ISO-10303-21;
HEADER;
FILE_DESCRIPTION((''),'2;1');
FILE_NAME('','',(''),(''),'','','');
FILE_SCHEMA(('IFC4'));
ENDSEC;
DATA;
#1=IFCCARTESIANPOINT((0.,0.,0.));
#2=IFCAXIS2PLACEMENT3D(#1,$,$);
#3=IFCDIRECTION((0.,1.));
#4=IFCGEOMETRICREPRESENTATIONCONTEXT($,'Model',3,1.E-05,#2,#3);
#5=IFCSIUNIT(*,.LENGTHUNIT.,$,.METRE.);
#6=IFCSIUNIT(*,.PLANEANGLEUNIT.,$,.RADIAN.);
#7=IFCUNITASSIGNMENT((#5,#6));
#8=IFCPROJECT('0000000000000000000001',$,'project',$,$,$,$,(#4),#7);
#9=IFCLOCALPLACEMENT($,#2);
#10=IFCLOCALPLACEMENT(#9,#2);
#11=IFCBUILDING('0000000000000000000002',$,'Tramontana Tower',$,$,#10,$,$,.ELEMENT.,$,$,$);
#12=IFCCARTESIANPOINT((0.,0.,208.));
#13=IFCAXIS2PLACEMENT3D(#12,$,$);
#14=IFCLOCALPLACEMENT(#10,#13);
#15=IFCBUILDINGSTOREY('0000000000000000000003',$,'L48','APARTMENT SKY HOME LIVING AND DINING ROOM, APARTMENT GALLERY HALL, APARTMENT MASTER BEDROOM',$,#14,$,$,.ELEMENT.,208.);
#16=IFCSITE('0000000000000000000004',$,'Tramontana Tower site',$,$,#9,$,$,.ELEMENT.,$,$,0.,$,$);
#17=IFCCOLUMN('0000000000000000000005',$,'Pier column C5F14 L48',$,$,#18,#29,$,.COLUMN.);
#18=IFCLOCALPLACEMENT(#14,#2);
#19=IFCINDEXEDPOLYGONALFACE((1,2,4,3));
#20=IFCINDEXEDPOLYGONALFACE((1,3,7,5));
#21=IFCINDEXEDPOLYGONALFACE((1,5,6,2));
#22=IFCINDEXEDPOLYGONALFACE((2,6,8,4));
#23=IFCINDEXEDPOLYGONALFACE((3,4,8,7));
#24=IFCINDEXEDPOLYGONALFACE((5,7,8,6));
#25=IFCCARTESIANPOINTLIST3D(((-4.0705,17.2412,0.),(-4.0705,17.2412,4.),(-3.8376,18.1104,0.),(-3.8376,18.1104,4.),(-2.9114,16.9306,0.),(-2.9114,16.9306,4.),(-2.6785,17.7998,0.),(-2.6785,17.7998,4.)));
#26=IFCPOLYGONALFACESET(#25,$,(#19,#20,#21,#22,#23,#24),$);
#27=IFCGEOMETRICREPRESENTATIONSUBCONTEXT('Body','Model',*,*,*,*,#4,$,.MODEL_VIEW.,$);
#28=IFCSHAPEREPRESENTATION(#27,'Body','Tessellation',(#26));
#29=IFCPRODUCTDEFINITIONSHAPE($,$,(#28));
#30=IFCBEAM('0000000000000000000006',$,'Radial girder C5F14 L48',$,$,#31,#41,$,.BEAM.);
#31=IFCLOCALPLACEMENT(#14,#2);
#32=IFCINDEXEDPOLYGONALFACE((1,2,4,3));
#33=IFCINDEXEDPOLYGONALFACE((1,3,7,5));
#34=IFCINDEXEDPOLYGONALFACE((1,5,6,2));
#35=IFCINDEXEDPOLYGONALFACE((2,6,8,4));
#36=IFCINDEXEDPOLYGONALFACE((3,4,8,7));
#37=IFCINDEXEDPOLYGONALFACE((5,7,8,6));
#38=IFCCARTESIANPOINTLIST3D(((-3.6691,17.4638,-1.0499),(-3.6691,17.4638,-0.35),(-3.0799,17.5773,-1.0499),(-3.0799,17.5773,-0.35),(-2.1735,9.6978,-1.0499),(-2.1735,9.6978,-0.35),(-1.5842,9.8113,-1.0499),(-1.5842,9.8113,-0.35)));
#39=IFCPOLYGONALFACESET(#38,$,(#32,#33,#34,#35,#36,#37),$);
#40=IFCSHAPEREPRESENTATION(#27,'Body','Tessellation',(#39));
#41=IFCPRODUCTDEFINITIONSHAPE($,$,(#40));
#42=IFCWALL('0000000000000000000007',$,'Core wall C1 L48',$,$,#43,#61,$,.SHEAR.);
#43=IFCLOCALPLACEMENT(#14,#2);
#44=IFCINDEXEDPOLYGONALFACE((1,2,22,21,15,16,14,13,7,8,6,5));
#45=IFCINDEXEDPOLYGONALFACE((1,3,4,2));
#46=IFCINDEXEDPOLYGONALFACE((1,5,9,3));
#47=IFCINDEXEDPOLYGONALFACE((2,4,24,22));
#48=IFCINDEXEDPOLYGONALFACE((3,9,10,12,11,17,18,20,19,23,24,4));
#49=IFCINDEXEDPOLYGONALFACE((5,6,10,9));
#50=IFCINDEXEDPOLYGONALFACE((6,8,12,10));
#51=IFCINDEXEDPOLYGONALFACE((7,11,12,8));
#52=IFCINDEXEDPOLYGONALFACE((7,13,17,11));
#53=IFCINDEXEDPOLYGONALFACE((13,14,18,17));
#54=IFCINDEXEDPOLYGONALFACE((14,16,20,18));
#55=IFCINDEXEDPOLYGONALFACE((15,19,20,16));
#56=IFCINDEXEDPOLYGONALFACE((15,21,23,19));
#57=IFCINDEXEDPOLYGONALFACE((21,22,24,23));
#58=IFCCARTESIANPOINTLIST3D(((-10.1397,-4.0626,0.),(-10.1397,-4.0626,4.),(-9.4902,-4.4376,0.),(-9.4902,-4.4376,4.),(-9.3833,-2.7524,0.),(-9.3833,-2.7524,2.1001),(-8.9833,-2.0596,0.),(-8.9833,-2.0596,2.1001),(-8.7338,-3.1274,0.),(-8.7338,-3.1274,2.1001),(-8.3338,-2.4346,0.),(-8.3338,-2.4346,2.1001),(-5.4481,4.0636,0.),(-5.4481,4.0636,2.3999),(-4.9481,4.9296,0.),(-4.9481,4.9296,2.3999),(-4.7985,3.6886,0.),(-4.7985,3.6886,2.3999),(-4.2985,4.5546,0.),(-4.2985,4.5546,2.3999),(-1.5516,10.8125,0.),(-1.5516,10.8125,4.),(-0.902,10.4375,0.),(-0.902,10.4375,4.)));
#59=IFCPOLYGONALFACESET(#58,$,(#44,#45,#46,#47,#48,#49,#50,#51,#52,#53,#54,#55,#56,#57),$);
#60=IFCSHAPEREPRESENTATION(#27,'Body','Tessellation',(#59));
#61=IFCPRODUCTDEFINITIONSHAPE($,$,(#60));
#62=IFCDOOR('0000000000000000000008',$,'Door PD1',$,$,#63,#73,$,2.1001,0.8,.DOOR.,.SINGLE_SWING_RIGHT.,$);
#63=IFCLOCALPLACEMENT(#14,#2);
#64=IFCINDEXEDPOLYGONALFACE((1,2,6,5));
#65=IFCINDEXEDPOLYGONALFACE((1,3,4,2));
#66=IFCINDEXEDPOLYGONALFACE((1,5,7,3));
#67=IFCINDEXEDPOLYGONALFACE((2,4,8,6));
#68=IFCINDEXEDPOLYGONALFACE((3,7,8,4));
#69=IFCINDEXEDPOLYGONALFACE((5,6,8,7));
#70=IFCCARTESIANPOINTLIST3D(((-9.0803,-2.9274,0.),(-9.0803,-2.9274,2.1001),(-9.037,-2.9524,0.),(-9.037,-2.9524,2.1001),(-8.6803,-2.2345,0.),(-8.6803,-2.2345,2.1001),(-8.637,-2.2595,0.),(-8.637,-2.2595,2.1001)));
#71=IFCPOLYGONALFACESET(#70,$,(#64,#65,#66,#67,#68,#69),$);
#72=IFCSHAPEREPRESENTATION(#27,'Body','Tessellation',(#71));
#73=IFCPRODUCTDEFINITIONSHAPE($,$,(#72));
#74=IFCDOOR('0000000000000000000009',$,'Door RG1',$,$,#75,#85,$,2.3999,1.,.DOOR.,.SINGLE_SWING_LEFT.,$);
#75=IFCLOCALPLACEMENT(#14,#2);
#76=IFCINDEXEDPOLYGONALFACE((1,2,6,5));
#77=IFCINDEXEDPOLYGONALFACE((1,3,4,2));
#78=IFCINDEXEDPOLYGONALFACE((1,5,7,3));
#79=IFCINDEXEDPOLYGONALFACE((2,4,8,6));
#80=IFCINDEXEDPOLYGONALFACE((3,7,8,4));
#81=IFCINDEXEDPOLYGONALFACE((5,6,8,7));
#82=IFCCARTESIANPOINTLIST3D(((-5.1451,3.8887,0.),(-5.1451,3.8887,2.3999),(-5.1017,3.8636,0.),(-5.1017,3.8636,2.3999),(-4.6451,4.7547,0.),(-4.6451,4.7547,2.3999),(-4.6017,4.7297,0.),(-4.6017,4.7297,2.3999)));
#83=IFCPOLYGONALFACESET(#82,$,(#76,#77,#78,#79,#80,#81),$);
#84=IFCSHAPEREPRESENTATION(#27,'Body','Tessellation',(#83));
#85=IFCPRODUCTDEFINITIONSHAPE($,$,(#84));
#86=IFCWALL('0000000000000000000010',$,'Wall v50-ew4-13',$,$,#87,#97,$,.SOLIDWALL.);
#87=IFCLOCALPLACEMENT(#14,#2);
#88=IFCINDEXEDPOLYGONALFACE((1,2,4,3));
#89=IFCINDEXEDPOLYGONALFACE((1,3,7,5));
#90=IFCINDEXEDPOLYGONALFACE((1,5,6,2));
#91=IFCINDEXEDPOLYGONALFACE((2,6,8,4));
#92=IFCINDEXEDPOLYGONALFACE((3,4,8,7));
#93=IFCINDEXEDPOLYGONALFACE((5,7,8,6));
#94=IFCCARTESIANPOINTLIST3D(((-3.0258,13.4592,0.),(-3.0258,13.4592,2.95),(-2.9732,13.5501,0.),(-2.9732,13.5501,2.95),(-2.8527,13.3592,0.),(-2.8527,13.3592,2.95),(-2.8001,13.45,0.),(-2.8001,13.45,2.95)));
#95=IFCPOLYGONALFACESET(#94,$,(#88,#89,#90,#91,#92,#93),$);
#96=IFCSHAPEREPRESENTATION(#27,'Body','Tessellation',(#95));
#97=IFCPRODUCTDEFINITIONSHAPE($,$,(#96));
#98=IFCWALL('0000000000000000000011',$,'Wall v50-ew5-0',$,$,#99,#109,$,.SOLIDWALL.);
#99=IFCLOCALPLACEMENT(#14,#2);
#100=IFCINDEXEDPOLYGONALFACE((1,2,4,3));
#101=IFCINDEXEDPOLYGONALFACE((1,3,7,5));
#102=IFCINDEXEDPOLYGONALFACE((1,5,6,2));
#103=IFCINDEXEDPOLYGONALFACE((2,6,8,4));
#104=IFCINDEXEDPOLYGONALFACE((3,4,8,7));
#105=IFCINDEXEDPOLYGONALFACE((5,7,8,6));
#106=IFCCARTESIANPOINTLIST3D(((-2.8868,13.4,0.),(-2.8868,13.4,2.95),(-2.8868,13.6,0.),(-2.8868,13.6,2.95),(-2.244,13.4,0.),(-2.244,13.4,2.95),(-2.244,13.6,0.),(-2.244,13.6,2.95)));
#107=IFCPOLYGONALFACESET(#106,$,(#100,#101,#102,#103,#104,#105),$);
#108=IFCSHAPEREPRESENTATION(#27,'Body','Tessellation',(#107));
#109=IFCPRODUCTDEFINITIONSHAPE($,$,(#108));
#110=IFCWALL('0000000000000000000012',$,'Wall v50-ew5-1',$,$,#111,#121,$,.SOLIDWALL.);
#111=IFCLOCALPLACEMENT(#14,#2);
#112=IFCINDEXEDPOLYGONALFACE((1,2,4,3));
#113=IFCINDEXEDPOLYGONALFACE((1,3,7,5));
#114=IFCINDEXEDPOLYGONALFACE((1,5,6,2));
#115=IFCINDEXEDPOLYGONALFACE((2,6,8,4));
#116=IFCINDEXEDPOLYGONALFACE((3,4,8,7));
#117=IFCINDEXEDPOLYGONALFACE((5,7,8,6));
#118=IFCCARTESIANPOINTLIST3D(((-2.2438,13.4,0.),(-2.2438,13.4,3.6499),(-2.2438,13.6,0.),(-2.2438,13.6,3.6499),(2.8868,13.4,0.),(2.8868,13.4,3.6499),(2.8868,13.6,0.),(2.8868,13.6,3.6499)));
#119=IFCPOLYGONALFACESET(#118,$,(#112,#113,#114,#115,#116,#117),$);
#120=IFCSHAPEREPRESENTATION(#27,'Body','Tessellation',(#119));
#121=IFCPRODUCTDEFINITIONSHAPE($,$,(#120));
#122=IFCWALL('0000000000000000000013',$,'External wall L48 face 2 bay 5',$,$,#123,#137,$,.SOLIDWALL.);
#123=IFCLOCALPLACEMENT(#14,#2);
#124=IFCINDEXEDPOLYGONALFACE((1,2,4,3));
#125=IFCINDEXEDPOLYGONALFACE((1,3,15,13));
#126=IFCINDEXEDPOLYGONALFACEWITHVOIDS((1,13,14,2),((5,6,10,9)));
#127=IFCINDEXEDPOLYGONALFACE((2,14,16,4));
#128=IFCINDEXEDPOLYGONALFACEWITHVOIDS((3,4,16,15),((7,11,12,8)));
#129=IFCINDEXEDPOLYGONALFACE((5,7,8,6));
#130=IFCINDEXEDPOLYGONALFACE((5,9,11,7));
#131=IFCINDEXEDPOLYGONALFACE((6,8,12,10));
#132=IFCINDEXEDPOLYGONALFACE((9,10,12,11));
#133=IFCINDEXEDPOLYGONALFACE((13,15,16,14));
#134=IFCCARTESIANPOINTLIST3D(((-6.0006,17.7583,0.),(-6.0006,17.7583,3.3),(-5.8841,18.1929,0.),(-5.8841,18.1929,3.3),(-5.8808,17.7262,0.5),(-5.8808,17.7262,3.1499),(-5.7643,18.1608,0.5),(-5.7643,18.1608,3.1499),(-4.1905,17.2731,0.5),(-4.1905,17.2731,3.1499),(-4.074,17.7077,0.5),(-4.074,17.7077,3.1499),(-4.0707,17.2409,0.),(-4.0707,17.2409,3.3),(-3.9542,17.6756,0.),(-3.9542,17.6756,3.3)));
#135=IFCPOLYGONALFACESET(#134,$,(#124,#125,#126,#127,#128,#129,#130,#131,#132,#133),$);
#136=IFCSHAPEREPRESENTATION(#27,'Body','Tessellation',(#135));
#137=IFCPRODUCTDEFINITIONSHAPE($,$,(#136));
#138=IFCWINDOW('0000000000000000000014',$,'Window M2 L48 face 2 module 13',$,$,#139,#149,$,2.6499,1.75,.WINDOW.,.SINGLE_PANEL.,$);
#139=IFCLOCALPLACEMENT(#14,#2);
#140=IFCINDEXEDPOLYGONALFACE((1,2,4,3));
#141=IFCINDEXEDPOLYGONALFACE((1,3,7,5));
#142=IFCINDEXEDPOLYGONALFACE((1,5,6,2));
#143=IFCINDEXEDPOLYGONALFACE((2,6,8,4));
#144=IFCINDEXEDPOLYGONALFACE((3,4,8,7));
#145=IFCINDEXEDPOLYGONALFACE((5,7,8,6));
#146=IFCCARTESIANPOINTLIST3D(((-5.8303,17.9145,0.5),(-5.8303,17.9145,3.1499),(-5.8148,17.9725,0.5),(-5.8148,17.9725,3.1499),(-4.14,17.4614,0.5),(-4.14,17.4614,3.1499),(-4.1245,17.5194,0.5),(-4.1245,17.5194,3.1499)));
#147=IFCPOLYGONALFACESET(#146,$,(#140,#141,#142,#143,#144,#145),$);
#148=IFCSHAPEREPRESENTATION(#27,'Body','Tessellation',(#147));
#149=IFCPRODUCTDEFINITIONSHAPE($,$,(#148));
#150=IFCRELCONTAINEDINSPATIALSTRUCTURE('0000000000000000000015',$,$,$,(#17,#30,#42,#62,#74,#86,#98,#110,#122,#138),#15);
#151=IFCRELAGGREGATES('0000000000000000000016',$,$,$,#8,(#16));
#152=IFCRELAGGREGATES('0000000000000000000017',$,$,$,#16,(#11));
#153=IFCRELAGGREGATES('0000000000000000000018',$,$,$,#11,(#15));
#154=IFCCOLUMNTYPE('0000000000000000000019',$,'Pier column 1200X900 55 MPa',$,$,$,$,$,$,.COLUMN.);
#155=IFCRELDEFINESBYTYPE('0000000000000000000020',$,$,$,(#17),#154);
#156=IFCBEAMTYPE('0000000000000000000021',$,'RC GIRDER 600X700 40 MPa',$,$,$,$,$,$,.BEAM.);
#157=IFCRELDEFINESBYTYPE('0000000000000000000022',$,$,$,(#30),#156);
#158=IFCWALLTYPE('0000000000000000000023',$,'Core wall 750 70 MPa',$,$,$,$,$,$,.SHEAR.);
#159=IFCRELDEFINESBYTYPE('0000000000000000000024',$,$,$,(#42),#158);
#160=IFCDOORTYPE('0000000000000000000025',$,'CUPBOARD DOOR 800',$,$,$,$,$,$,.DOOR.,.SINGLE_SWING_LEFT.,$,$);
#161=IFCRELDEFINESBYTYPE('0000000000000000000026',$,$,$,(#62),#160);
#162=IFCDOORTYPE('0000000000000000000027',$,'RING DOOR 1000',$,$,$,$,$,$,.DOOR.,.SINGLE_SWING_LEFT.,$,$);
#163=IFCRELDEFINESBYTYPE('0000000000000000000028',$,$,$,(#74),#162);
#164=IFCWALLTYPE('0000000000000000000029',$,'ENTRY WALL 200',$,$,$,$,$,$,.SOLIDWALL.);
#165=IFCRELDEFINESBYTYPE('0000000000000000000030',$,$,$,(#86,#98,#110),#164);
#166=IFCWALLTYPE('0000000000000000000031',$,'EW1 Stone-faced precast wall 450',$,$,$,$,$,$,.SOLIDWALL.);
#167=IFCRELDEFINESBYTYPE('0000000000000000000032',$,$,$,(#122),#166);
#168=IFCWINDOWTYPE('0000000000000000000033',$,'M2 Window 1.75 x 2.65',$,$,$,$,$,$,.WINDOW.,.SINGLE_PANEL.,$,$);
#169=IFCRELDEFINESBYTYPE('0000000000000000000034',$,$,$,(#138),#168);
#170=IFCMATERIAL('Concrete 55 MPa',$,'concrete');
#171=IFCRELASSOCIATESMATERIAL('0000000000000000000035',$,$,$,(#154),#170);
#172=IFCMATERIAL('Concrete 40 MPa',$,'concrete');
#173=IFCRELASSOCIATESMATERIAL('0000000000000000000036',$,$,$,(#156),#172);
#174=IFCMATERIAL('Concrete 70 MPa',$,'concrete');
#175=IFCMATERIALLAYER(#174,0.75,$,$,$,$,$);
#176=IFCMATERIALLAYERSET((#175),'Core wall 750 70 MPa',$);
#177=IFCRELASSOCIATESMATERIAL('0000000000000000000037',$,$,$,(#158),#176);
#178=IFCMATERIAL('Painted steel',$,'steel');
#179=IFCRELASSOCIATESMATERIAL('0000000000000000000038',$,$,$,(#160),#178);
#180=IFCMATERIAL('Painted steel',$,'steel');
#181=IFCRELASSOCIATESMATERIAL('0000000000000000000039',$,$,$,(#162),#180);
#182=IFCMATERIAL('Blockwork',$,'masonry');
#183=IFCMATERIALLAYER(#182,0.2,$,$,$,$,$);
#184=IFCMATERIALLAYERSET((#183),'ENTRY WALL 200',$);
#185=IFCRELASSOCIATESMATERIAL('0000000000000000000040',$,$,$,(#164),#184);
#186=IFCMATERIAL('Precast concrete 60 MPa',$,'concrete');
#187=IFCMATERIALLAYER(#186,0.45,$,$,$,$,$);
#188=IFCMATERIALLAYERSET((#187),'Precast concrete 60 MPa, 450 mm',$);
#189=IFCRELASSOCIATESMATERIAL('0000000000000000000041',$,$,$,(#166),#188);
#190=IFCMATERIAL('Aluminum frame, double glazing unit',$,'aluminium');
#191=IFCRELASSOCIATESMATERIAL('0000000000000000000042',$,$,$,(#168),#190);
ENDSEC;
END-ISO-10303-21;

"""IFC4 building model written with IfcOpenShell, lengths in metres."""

from ifc_helpers import new_model, si_unit, direction, frame, frame_2d, origin, origin_2d, place, context, subcontext, project, spatial, rectangle, extrude, material, layer, layer_set, material_profile, profile_set, type_object, element, fill, save


model = new_model("IFC4")

# Units and contexts
model_context = context("Model", 3, precision=1e-05, world=origin(), true_north=direction((0.0, 1.0)))
body_context = subcontext(model_context, "Body", "Model", "MODEL_VIEW")
ifc_project = project(units=[si_unit("LENGTHUNIT", "METRE"), si_unit("PLANEANGLEUNIT", "RADIAN")], contexts=[model_context])

# Site, building, storey
site_placement = place(None, origin())
site = spatial("IfcSite", under=ifc_project, at=site_placement, Name="Tramontana Tower site", CompositionType="ELEMENT", RefElevation=0.0)
building_placement = place(site_placement, origin())
building = spatial("IfcBuilding", under=site, at=building_placement, Name="Tramontana Tower", CompositionType="ELEMENT")
storey_placement = place(building_placement, frame((0.0, 0.0, 208.0)))
storey = spatial("IfcBuildingStorey", under=building, at=storey_placement, Name="L48", Description="APARTMENT SKY HOME LIVING AND DINING ROOM, APARTMENT GALLERY HALL, APARTMENT MASTER BEDROOM", CompositionType="ELEMENT", Elevation=208.0)

# Column
ifc_material_1 = material(Name="Concrete 55 MPa", Category="concrete")
ifc_material_profile_1 = material_profile(ifc_material_1, rectangle(XDim=1.2, YDim=0.8999, at=origin_2d()), Name="Pier column 1200X900 55 MPa")
ifc_profile_set_1 = profile_set([ifc_material_profile_1], Name="Concrete 55 MPa")
column_type = type_object("IfcColumnType", Name="Pier column 1200X900 55 MPa", PredefinedType="COLUMN", material=ifc_profile_set_1)
column_placement = place(storey_placement, frame((-3.3745, 17.5205, 0.0), z_axis=(0.0, 0.0, 1.0), x_axis=(-0.965926, 0.258819, 0.0)))
element("IfcColumn", 1, at=column_placement, inside=storey, type_object=column_type, Name="Pier column C5F14 L48", PredefinedType="COLUMN", context=body_context, shape_type="SweptSolid", body=[
    extrude(rectangle(XDim=1.2, YDim=0.8999, at=origin_2d()), origin(), (0.0, 0.0, 1.0), 4.0),
])

# Beam
ifc_material_2 = material(Name="Concrete 40 MPa", Category="concrete")
ifc_material_profile_2 = material_profile(ifc_material_2, rectangle(XDim=0.6001, YDim=0.7, at=origin_2d()), Name="RC GIRDER 600X700 40 MPa")
ifc_profile_set_2 = profile_set([ifc_material_profile_2], Name="Concrete 40 MPa")
beam_type = type_object("IfcBeamType", Name="RC GIRDER 600X700 40 MPa", PredefinedType="BEAM", material=ifc_profile_set_2)
beam_placement = place(storey_placement, frame((-3.3745, 17.5205, -0.7), z_axis=(0.189112, -0.981956, 0.0), x_axis=(0.981956, 0.189112, 0.0)))
element("IfcBeam", 2, at=beam_placement, inside=storey, type_object=beam_type, Name="Radial girder C5F14 L48", PredefinedType="BEAM", context=body_context, shape_type="SweptSolid", body=[
    extrude(rectangle(XDim=0.6001, YDim=0.7, at=origin_2d()), origin(), (0.0, 0.0, 1.0), 7.9087),
])

# Wall, openings, doors
ifc_material_3 = material(Name="Concrete 70 MPa", Category="concrete")
ifc_layer_1 = layer(ifc_material_3, 0.75)
ifc_layer_set_1 = layer_set([ifc_layer_1], Name="Core wall 750 70 MPa")
wall_type_1 = type_object("IfcWallType", Name="Core wall 750 70 MPa", PredefinedType="SHEAR", material=ifc_layer_set_1)
wall_1_placement = place(storey_placement, frame((-1.2268, 10.625, 0.0), z_axis=(0.0, 0.0, 1.0), x_axis=(-0.500002, -0.866024, 0.0)))
wall_1 = element("IfcWall", 3, at=wall_1_placement, inside=storey, type_object=wall_type_1, Name="Core wall C1 L48", PredefinedType="SHEAR", context=body_context, shape_type="SweptSolid", body=[
    extrude(rectangle(XDim=17.1763, YDim=0.75, at=frame_2d((8.5881, 0.0))), origin(), (0.0, 0.0, 1.0), 4.0),
])
opening_1_placement = place(wall_1_placement, frame((6.793, 0.0, 0.0)))
opening_1 = element("IfcOpeningElement", 4, at=opening_1_placement, cuts=wall_1, PredefinedType="OPENING", context=body_context, shape_type="SweptSolid", body=[
    extrude(rectangle(XDim=1.0, YDim=2.3999, at=frame_2d((0.5, 1.2))), frame((0.0, 0.385, 0.0), z_axis=(0.0, -1.0, 0.0), x_axis=(1.0, 0.0, 0.0)), (0.0, 0.0, 1.0), 0.77),
])
opening_2_placement = place(wall_1_placement, frame((14.8635, 0.0, 0.0)))
opening_2 = element("IfcOpeningElement", 5, at=opening_2_placement, cuts=wall_1, PredefinedType="OPENING", context=body_context, shape_type="SweptSolid", body=[
    extrude(rectangle(XDim=0.8, YDim=2.1001, at=frame_2d((0.3999, 1.05))), frame((0.0, 0.385, 0.0), z_axis=(0.0, -1.0, 0.0), x_axis=(1.0, 0.0, 0.0)), (0.0, 0.0, 1.0), 0.77),
])
ifc_material_4 = material(Name="Painted steel", Category="steel")
door_type_1 = type_object("IfcDoorType", Name="CUPBOARD DOOR 800", OperationType="SINGLE_SWING_LEFT", PredefinedType="DOOR", material=ifc_material_4)
door_1_placement = place(opening_2_placement, origin())
door_1 = element("IfcDoor", 6, at=door_1_placement, inside=storey, type_object=door_type_1, Name="Door PD1", OperationType="SINGLE_SWING_RIGHT", OverallHeight=2.1001, OverallWidth=0.8, PredefinedType="DOOR", context=body_context, shape_type="SweptSolid", body=[
    extrude(rectangle(XDim=0.8, YDim=2.1001, at=frame_2d((0.3999, 1.05))), frame((0.0, 0.0249, 0.0), z_axis=(0.0, -1.0, 0.0), x_axis=(1.0, 0.0, 0.0)), (0.0, 0.0, 1.0), 0.05),
])
fill(opening_2, door_1)
ifc_material_5 = material(Name="Painted steel", Category="steel")
door_type_2 = type_object("IfcDoorType", Name="RING DOOR 1000", OperationType="SINGLE_SWING_LEFT", PredefinedType="DOOR", material=ifc_material_5)
door_2_placement = place(opening_1_placement, origin())
door_2 = element("IfcDoor", 7, at=door_2_placement, inside=storey, type_object=door_type_2, Name="Door RG1", OperationType="SINGLE_SWING_LEFT", OverallHeight=2.3999, OverallWidth=1.0, PredefinedType="DOOR", context=body_context, shape_type="SweptSolid", body=[
    extrude(rectangle(XDim=1.0, YDim=2.3999, at=frame_2d((0.5, 1.2))), frame((0.0, 0.0249, 0.0), z_axis=(0.0, -1.0, 0.0), x_axis=(1.0, 0.0, 0.0)), (0.0, 0.0, 1.0), 0.05),
])
fill(opening_1, door_2)

# Walls
ifc_material_6 = material(Name="Blockwork", Category="masonry")
ifc_layer_2 = layer(ifc_material_6, 0.2)
ifc_layer_set_2 = layer_set([ifc_layer_2], Name="ENTRY WALL 200")
wall_type_2 = type_object("IfcWallType", Name="ENTRY WALL 200", PredefinedType="SOLIDWALL", material=ifc_layer_set_2)
wall_2_placement = place(storey_placement, frame((-2.9392, 13.4092, 0.0), z_axis=(0.0, 0.0, 1.0), x_axis=(0.500394, 0.865798, 0.0)))
element("IfcWall", 8, at=wall_2_placement, inside=storey, type_object=wall_type_2, Name="Wall v50-ew4-13", PredefinedType="SOLIDWALL", context=body_context, shape_type="SweptSolid", body=[
    extrude(rectangle(XDim=0.105, YDim=0.2, at=frame_2d((0.0525, 0.0))), origin(), (0.0, 0.0, 1.0), 2.95),
])
wall_3_placement = place(storey_placement, frame((-2.8867, 13.5, 0.0), z_axis=(0.0, 0.0, 1.0), x_axis=(1.0, 0.0, 0.0)))
element("IfcWall", 9, at=wall_3_placement, inside=storey, type_object=wall_type_2, Name="Wall v50-ew5-0", PredefinedType="SOLIDWALL", context=body_context, shape_type="SweptSolid", body=[
    extrude(rectangle(XDim=0.6428, YDim=0.2, at=frame_2d((0.3213, 0.0))), origin(), (0.0, 0.0, 1.0), 2.95),
])
wall_4_placement = place(storey_placement, frame((-2.2439, 13.5, 0.0), z_axis=(0.0, 0.0, 1.0), x_axis=(1.0, 0.0, 0.0)))
element("IfcWall", 10, at=wall_4_placement, inside=storey, type_object=wall_type_2, Name="Wall v50-ew5-1", PredefinedType="SOLIDWALL", context=body_context, shape_type="SweptSolid", body=[
    extrude(rectangle(XDim=5.1306, YDim=0.2, at=frame_2d((2.5654, 0.0))), origin(), (0.0, 0.0, 1.0), 3.6499),
])

# Wall, opening, window
ifc_material_7 = material(Name="Precast concrete 60 MPa", Category="concrete")
ifc_layer_3 = layer(ifc_material_7, 0.45)
ifc_layer_set_3 = layer_set([ifc_layer_3], Name="Precast concrete 60 MPa, 450 mm")
wall_type_3 = type_object("IfcWallType", Name="EW1 Stone-faced precast wall 450", PredefinedType="SOLIDWALL", material=ifc_layer_set_3)
wall_5_placement = place(storey_placement, frame((-4.0125, 17.4583, 0.0), z_axis=(0.0, 0.0, 1.0), x_axis=(-0.9659, 0.258917, 0.0)))
wall_5 = element("IfcWall", 11, at=wall_5_placement, inside=storey, type_object=wall_type_3, Name="External wall L48 face 2 bay 5", PredefinedType="SOLIDWALL", context=body_context, shape_type="SweptSolid", body=[
    extrude(rectangle(XDim=1.998, YDim=0.45, at=frame_2d((0.999, 0.0))), origin(), (0.0, 0.0, 1.0), 3.3),
])
opening_3_placement = place(wall_5_placement, frame((0.124, 0.0, 0.5)))
opening_3 = element("IfcOpeningElement", 12, at=opening_3_placement, cuts=wall_5, PredefinedType="OPENING", context=body_context, shape_type="SweptSolid", body=[
    extrude(rectangle(XDim=1.75, YDim=2.6499, at=frame_2d((0.875, 1.325))), frame((0.0, 0.2349, 0.0), z_axis=(0.0, -1.0, 0.0), x_axis=(1.0, 0.0, 0.0)), (0.0, 0.0, 1.0), 0.47),
])
ifc_material_8 = material(Name="Aluminum frame, double glazing unit", Category="aluminium")
window_type_1 = type_object("IfcWindowType", Name="M2 Window 1.75 x 2.65", PartitioningType="SINGLE_PANEL", PredefinedType="WINDOW", material=ifc_material_8)
window_1_placement = place(opening_3_placement, origin())
window_1 = element("IfcWindow", 13, at=window_1_placement, inside=storey, type_object=window_type_1, Name="Window M2 L48 face 2 module 13", OverallHeight=2.6499, OverallWidth=1.75, PartitioningType="SINGLE_PANEL", PredefinedType="WINDOW", context=body_context, shape_type="SweptSolid", body=[
    extrude(rectangle(XDim=1.75, YDim=2.6499, at=frame_2d((0.875, 1.325))), frame((0.0, 0.03, 0.0), z_axis=(0.0, -1.0, 0.0), x_axis=(1.0, 0.0, 0.0)), (0.0, 0.0, 1.0), 0.0601),
])
fill(opening_3, window_1)

save(model, "model.ifc")
